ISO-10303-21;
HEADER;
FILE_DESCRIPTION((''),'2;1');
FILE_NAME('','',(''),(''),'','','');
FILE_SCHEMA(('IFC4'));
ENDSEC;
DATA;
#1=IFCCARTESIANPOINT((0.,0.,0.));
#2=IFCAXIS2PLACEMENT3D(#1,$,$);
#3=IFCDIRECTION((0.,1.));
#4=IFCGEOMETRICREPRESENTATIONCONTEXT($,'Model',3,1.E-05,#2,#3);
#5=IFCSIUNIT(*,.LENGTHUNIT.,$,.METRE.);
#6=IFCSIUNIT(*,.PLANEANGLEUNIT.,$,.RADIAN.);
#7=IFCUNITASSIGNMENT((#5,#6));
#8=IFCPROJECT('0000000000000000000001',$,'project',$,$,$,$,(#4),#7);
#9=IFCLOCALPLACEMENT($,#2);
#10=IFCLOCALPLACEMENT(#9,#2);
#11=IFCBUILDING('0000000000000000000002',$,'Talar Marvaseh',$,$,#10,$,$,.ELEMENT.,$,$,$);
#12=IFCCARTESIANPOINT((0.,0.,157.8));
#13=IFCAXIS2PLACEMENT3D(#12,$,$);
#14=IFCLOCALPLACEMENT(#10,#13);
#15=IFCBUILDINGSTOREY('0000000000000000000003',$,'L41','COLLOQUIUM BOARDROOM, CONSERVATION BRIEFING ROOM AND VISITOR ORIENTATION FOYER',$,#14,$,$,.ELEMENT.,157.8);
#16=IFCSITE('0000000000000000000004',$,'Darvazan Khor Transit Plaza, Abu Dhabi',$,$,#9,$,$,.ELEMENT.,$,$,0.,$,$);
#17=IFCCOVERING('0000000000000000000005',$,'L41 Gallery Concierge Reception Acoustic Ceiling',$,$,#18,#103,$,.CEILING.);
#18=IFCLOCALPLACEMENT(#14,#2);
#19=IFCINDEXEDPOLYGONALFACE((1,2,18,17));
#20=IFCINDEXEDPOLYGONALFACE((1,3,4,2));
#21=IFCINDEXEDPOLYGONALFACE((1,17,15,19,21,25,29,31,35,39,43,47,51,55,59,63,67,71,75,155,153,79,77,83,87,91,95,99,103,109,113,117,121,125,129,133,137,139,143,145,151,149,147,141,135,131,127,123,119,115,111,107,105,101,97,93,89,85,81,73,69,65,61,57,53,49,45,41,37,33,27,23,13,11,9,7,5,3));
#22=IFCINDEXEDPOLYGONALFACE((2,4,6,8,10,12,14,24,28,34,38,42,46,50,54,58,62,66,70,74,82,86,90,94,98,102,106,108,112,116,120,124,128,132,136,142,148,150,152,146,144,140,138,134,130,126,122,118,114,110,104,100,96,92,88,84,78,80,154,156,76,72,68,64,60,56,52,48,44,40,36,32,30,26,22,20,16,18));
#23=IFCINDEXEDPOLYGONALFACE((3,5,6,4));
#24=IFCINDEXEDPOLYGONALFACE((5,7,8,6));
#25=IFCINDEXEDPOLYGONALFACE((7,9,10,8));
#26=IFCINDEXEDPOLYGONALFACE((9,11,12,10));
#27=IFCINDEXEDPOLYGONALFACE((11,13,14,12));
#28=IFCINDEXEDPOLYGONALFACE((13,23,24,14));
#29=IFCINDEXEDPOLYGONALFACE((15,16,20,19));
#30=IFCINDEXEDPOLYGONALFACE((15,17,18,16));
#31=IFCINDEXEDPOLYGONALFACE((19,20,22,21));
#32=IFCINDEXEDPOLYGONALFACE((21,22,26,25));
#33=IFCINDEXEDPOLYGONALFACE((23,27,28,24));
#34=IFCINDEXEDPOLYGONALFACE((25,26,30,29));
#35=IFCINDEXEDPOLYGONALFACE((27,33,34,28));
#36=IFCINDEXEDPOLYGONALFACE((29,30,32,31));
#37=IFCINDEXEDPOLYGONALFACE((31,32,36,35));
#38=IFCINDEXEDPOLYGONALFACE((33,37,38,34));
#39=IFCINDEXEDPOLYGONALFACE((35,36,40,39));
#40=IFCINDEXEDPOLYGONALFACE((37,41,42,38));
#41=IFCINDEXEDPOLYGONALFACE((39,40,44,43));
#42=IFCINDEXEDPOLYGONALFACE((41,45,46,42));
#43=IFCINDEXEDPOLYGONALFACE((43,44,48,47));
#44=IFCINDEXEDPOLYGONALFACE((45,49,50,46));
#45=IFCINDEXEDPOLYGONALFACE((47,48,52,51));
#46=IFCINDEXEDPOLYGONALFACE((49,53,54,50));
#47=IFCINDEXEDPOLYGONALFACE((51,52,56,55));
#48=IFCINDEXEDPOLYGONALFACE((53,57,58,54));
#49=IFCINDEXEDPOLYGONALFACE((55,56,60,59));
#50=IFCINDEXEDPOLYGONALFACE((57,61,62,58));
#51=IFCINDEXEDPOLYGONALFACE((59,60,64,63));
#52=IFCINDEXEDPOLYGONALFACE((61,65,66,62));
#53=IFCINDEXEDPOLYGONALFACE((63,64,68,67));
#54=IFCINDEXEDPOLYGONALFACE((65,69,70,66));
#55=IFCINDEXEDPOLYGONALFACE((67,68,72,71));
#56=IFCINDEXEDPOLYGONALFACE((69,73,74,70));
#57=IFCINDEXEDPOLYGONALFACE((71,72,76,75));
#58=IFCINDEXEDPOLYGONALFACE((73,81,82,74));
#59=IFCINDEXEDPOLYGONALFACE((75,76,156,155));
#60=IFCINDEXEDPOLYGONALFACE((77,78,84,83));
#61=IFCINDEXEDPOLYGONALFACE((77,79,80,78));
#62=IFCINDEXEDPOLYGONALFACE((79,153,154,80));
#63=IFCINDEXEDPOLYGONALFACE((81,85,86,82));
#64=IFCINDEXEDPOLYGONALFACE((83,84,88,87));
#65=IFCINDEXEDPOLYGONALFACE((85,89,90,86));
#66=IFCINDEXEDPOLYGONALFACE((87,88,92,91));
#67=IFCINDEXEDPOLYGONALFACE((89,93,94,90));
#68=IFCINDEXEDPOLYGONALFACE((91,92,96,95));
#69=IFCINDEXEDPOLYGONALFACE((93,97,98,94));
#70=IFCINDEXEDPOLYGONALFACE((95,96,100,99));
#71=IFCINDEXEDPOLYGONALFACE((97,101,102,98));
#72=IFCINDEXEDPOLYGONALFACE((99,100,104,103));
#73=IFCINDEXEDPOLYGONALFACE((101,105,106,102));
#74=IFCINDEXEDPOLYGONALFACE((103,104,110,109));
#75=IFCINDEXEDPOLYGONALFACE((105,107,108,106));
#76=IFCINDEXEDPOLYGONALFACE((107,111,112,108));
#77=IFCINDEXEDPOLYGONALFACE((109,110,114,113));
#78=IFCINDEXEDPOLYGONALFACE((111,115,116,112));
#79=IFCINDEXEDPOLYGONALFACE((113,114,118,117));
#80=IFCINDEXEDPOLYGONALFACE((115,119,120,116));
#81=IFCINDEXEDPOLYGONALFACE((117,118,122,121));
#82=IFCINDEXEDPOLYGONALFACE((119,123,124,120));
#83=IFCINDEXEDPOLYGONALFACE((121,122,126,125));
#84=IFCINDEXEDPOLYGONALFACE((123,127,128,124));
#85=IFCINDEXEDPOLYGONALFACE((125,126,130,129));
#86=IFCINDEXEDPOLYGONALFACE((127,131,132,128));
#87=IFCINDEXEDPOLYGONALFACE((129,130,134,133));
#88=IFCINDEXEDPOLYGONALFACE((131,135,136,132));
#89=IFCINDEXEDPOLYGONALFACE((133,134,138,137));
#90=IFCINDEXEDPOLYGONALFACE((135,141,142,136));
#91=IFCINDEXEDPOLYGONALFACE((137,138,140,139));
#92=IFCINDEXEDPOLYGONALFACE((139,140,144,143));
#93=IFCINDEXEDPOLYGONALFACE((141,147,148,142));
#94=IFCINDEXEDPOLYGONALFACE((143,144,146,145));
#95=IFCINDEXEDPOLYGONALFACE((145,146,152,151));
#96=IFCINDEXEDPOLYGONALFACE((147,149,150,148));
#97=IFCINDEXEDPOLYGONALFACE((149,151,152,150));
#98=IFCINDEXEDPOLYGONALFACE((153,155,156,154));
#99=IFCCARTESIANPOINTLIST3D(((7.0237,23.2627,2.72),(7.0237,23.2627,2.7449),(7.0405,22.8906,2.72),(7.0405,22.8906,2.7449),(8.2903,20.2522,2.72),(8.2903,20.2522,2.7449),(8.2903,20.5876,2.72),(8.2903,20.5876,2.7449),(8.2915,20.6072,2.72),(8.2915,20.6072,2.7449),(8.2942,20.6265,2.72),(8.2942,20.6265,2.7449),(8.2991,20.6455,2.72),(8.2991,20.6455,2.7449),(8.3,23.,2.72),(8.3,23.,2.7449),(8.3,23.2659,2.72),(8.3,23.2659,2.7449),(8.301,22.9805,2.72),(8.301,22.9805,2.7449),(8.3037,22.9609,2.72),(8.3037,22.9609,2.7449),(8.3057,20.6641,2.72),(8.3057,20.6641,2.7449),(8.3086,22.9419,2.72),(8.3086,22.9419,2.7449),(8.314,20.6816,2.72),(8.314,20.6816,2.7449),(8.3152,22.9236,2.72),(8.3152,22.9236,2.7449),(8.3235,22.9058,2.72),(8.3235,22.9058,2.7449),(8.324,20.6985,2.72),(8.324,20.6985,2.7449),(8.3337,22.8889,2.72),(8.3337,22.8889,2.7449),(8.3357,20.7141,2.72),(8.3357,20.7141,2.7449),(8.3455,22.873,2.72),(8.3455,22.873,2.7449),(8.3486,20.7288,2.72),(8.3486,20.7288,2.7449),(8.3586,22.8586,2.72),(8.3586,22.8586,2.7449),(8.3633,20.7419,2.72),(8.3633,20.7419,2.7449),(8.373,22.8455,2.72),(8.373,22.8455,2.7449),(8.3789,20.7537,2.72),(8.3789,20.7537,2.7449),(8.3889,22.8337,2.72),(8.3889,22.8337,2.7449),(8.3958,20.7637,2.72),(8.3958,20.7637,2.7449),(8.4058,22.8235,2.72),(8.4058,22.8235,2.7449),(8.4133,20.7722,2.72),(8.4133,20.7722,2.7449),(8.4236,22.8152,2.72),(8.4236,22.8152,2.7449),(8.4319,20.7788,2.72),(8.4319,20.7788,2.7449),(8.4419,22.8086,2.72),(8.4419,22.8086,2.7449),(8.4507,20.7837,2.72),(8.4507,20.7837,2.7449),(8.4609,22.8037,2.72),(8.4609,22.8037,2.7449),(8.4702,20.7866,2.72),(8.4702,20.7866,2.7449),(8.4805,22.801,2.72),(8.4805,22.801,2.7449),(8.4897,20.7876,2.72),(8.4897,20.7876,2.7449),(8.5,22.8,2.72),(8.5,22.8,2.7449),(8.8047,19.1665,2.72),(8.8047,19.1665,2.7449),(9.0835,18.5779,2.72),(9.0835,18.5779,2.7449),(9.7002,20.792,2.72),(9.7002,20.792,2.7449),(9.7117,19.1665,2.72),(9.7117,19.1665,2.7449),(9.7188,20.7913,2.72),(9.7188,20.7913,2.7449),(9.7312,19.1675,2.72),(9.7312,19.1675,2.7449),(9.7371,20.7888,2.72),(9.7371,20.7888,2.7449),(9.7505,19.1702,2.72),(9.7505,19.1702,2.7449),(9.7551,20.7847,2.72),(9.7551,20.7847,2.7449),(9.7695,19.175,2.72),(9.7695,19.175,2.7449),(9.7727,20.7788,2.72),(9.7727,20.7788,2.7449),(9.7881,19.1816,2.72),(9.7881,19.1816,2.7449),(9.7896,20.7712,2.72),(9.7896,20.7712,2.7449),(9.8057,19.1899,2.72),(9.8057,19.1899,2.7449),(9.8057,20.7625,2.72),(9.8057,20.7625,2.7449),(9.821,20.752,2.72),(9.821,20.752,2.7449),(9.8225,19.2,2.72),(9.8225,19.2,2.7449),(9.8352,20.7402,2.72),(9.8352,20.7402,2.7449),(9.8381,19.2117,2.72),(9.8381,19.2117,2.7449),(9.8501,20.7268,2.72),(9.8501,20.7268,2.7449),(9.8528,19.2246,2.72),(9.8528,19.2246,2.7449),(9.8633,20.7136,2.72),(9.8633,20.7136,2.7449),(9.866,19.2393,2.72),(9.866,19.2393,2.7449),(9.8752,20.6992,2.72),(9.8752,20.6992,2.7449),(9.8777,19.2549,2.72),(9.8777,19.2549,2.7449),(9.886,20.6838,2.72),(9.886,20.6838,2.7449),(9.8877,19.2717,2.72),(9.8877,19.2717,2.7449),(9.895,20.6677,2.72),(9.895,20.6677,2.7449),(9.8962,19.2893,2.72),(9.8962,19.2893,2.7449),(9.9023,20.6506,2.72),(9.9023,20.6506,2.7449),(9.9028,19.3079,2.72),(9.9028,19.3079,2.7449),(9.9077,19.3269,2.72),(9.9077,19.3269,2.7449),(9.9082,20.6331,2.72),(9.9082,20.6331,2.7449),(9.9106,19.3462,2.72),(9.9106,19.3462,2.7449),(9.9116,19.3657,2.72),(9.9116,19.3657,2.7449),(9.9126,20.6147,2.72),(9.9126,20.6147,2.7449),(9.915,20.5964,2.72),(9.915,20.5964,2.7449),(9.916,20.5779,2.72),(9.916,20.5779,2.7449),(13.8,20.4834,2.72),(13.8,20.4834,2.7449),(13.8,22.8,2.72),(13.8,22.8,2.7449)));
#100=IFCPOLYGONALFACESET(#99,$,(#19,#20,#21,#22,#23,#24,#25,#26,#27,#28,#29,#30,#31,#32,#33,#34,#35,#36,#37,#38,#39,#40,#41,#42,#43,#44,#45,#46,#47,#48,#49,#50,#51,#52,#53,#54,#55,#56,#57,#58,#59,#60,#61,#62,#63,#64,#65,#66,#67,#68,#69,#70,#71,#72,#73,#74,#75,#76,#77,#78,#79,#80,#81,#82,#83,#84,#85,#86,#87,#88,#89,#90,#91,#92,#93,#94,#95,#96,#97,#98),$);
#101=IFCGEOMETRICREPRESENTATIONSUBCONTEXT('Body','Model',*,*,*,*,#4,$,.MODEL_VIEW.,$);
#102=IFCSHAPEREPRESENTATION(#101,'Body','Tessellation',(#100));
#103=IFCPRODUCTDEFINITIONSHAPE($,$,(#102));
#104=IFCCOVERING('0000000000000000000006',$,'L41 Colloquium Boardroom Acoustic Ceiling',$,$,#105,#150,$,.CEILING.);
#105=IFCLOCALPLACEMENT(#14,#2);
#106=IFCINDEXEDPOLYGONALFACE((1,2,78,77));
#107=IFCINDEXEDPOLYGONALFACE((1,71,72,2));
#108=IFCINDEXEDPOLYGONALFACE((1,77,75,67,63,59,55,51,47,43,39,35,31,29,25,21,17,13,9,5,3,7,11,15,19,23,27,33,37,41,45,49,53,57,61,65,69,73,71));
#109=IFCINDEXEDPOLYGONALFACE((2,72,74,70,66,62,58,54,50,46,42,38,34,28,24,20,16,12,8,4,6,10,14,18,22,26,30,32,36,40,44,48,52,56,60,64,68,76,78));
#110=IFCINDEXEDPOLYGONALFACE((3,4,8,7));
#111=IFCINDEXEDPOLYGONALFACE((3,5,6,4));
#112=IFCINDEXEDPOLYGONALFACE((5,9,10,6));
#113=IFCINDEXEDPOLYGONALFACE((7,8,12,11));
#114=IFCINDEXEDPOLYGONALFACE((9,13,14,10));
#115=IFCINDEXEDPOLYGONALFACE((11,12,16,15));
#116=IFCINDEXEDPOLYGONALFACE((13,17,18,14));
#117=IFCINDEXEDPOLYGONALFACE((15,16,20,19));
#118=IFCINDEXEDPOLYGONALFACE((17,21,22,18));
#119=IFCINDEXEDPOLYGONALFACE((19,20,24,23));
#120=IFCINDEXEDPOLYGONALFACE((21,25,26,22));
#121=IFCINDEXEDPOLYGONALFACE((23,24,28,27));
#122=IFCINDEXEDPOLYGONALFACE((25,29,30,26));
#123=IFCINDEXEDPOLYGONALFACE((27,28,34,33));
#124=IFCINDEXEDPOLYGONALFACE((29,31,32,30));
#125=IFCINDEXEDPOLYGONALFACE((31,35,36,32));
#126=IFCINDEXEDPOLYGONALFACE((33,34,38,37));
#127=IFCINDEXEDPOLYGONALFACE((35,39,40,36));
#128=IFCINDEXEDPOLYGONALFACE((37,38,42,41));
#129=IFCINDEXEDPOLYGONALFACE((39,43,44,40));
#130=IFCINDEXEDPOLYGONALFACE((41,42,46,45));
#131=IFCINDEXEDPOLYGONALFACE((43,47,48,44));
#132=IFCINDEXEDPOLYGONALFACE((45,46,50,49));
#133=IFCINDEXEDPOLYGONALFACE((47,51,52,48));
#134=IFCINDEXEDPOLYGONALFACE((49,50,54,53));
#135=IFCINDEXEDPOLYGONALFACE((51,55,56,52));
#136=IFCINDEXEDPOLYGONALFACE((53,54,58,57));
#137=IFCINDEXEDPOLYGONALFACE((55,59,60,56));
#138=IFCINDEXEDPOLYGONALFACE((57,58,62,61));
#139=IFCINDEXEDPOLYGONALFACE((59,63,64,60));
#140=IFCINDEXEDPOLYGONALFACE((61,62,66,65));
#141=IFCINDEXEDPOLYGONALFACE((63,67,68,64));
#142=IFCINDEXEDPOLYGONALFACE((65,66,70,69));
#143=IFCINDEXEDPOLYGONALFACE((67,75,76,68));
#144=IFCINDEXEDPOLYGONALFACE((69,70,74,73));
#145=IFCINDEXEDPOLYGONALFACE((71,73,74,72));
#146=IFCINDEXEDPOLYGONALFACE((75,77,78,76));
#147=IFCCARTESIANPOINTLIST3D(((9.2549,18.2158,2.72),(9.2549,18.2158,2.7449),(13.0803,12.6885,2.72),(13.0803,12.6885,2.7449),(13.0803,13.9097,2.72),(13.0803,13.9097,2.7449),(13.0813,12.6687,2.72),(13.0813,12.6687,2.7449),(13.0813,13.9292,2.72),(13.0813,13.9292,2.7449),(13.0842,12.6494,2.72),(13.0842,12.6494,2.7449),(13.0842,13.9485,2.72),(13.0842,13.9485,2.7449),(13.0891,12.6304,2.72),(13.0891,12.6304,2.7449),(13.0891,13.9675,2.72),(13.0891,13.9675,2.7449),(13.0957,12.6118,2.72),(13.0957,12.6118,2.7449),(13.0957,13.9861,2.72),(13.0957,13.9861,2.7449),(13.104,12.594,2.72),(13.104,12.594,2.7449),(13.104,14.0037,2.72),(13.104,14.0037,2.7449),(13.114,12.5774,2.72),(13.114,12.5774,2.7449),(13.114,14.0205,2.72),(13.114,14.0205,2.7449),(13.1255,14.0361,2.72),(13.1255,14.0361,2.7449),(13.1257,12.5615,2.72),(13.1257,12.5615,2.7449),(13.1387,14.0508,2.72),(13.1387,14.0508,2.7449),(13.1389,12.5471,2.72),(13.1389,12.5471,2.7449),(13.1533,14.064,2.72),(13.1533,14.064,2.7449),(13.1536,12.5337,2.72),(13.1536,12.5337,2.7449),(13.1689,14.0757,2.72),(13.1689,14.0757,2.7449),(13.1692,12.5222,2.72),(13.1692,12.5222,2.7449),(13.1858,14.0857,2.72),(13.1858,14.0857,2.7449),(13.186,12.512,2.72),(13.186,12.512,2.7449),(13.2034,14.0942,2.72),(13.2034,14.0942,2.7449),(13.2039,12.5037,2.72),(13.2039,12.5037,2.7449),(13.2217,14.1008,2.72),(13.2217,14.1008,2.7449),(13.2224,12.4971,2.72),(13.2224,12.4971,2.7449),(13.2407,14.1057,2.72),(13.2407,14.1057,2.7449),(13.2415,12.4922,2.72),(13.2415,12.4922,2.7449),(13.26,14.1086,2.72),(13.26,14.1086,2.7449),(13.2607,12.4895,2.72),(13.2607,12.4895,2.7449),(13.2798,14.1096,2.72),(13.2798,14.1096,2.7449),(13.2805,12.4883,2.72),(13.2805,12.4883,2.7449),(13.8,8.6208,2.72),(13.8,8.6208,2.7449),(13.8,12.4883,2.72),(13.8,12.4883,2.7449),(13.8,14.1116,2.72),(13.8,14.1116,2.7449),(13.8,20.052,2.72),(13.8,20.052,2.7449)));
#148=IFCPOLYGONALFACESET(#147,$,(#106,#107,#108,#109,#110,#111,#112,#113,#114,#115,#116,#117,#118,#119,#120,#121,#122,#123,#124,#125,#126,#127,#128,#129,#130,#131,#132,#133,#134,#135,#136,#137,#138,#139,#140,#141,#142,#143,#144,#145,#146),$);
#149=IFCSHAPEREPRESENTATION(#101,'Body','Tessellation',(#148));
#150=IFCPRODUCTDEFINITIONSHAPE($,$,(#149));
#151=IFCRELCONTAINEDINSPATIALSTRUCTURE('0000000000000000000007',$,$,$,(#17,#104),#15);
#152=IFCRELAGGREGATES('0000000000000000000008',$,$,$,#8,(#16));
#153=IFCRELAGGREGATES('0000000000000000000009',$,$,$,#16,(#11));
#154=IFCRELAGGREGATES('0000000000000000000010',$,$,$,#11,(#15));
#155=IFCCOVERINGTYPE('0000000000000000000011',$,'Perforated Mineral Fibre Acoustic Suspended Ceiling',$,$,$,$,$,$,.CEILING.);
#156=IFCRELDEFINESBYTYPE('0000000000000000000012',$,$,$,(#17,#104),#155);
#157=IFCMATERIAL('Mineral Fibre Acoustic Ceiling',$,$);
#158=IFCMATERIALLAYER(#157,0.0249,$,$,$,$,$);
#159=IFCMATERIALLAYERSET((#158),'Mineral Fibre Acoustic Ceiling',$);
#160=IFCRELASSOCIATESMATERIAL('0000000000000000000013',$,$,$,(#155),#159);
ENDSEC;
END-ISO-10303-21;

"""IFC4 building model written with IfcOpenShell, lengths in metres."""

from ifc_helpers import new_model, si_unit, direction, frame, origin, place, context, subcontext, project, spatial, polyline, outline, extrude, material, layer, layer_set, type_object, element, save


model = new_model("IFC4")

# Units and contexts
model_context = context("Model", 3, precision=1e-05, world=origin(), true_north=direction((0.0, 1.0)))
body_context = subcontext(model_context, "Body", "Model", "MODEL_VIEW")
ifc_project = project(units=[si_unit("LENGTHUNIT", "METRE"), si_unit("PLANEANGLEUNIT", "RADIAN")], contexts=[model_context])

# Site, building, storey
site_placement = place(None, origin())
site = spatial("IfcSite", under=ifc_project, at=site_placement, Name="Darvazan Khor Transit Plaza, Abu Dhabi", CompositionType="ELEMENT", RefElevation=0.0)
building_placement = place(site_placement, origin())
building = spatial("IfcBuilding", under=site, at=building_placement, Name="Talar Marvaseh", CompositionType="ELEMENT")
storey_placement = place(building_placement, frame((0.0, 0.0, 157.8)))
storey = spatial("IfcBuildingStorey", under=building, at=storey_placement, Name="L41", Description="COLLOQUIUM BOARDROOM, CONSERVATION BRIEFING ROOM AND VISITOR ORIENTATION FOYER", CompositionType="ELEMENT", Elevation=157.8)

# Coverings
ifc_material_1 = material(Name="Mineral Fibre Acoustic Ceiling")
ifc_layer_1 = layer(ifc_material_1, 0.0249)
ifc_layer_set_1 = layer_set([ifc_layer_1], Name="Mineral Fibre Acoustic Ceiling")
covering_type_1 = type_object("IfcCoveringType", Name="Perforated Mineral Fibre Acoustic Suspended Ceiling", PredefinedType="CEILING", material=ifc_layer_set_1)
covering_1_placement = place(storey_placement, frame((0.0, 0.0, 2.72)))
element("IfcCovering", 1, at=covering_1_placement, inside=storey, type_object=covering_type_1, Name="L41 Gallery Concierge Reception Acoustic Ceiling", PredefinedType="CEILING", context=body_context, shape_type="SweptSolid", body=[
    extrude(outline(polyline([(8.3, 23.0), (8.301, 22.9805), (8.3037, 22.9609), (8.3086, 22.9419), (8.3152, 22.9236), (8.3235, 22.9058), (8.3337, 22.8889), (8.3455, 22.873), (8.3586, 22.8586), (8.373, 22.8455), (8.3889, 22.8337), (8.4058, 22.8235), (8.4236, 22.8152), (8.4419, 22.8086), (8.4609, 22.8037), (8.4805, 22.801), (8.5, 22.8), (13.8, 22.8), (13.8, 20.4834), (9.0835, 18.5779), (8.8047, 19.1665), (9.7117, 19.1665), (9.7312, 19.1675), (9.7505, 19.1702), (9.7695, 19.175), (9.7881, 19.1816), (9.8057, 19.1899), (9.8225, 19.2), (9.8381, 19.2117), (9.8528, 19.2246), (9.866, 19.2393), (9.8777, 19.2549), (9.8877, 19.2717), (9.8962, 19.2893), (9.9028, 19.3079), (9.9077, 19.3269), (9.9106, 19.3462), (9.9116, 19.3657), (9.916, 20.5779), (9.915, 20.5964), (9.9126, 20.6147), (9.9082, 20.6331), (9.9023, 20.6506), (9.895, 20.6677), (9.886, 20.6838), (9.8752, 20.6992), (9.8633, 20.7136), (9.8501, 20.7268), (9.8352, 20.7402), (9.821, 20.752), (9.8057, 20.7625), (9.7896, 20.7712), (9.7727, 20.7788), (9.7551, 20.7847), (9.7371, 20.7888), (9.7188, 20.7913), (9.7002, 20.792), (8.4897, 20.7876), (8.4702, 20.7866), (8.4507, 20.7837), (8.4319, 20.7788), (8.4133, 20.7722), (8.3958, 20.7637), (8.3789, 20.7537), (8.3633, 20.7419), (8.3486, 20.7288), (8.3357, 20.7141), (8.324, 20.6985), (8.314, 20.6816), (8.3057, 20.6641), (8.2991, 20.6455), (8.2942, 20.6265), (8.2915, 20.6072), (8.2903, 20.5876), (8.2903, 20.2522), (7.0405, 22.8906), (7.0237, 23.2627), (8.3, 23.2659), (8.3, 23.0)])), origin(), (0.0, 0.0, 1.0), 0.0249),
])
covering_2_placement = place(storey_placement, frame((0.0, 0.0, 2.72)))
element("IfcCovering", 2, at=covering_2_placement, inside=storey, type_object=covering_type_1, Name="L41 Colloquium Boardroom Acoustic Ceiling", PredefinedType="CEILING", context=body_context, shape_type="SweptSolid", body=[
    extrude(outline(polyline([(13.8, 14.1116), (13.2798, 14.1096), (13.26, 14.1086), (13.2407, 14.1057), (13.2217, 14.1008), (13.2034, 14.0942), (13.1858, 14.0857), (13.1689, 14.0757), (13.1533, 14.064), (13.1387, 14.0508), (13.1255, 14.0361), (13.114, 14.0205), (13.104, 14.0037), (13.0957, 13.9861), (13.0891, 13.9675), (13.0842, 13.9485), (13.0813, 13.9292), (13.0803, 13.9097), (13.0803, 12.6885), (13.0813, 12.6687), (13.0842, 12.6494), (13.0891, 12.6304), (13.0957, 12.6118), (13.104, 12.594), (13.114, 12.5774), (13.1257, 12.5615), (13.1389, 12.5471), (13.1536, 12.5337), (13.1692, 12.5222), (13.186, 12.512), (13.2039, 12.5037), (13.2224, 12.4971), (13.2415, 12.4922), (13.2607, 12.4895), (13.2805, 12.4883), (13.8, 12.4883), (13.8, 8.6208), (9.2549, 18.2158), (13.8, 20.052), (13.8, 14.1116)])), origin(), (0.0, 0.0, 1.0), 0.0249),
])

save(model, "model.ifc")
